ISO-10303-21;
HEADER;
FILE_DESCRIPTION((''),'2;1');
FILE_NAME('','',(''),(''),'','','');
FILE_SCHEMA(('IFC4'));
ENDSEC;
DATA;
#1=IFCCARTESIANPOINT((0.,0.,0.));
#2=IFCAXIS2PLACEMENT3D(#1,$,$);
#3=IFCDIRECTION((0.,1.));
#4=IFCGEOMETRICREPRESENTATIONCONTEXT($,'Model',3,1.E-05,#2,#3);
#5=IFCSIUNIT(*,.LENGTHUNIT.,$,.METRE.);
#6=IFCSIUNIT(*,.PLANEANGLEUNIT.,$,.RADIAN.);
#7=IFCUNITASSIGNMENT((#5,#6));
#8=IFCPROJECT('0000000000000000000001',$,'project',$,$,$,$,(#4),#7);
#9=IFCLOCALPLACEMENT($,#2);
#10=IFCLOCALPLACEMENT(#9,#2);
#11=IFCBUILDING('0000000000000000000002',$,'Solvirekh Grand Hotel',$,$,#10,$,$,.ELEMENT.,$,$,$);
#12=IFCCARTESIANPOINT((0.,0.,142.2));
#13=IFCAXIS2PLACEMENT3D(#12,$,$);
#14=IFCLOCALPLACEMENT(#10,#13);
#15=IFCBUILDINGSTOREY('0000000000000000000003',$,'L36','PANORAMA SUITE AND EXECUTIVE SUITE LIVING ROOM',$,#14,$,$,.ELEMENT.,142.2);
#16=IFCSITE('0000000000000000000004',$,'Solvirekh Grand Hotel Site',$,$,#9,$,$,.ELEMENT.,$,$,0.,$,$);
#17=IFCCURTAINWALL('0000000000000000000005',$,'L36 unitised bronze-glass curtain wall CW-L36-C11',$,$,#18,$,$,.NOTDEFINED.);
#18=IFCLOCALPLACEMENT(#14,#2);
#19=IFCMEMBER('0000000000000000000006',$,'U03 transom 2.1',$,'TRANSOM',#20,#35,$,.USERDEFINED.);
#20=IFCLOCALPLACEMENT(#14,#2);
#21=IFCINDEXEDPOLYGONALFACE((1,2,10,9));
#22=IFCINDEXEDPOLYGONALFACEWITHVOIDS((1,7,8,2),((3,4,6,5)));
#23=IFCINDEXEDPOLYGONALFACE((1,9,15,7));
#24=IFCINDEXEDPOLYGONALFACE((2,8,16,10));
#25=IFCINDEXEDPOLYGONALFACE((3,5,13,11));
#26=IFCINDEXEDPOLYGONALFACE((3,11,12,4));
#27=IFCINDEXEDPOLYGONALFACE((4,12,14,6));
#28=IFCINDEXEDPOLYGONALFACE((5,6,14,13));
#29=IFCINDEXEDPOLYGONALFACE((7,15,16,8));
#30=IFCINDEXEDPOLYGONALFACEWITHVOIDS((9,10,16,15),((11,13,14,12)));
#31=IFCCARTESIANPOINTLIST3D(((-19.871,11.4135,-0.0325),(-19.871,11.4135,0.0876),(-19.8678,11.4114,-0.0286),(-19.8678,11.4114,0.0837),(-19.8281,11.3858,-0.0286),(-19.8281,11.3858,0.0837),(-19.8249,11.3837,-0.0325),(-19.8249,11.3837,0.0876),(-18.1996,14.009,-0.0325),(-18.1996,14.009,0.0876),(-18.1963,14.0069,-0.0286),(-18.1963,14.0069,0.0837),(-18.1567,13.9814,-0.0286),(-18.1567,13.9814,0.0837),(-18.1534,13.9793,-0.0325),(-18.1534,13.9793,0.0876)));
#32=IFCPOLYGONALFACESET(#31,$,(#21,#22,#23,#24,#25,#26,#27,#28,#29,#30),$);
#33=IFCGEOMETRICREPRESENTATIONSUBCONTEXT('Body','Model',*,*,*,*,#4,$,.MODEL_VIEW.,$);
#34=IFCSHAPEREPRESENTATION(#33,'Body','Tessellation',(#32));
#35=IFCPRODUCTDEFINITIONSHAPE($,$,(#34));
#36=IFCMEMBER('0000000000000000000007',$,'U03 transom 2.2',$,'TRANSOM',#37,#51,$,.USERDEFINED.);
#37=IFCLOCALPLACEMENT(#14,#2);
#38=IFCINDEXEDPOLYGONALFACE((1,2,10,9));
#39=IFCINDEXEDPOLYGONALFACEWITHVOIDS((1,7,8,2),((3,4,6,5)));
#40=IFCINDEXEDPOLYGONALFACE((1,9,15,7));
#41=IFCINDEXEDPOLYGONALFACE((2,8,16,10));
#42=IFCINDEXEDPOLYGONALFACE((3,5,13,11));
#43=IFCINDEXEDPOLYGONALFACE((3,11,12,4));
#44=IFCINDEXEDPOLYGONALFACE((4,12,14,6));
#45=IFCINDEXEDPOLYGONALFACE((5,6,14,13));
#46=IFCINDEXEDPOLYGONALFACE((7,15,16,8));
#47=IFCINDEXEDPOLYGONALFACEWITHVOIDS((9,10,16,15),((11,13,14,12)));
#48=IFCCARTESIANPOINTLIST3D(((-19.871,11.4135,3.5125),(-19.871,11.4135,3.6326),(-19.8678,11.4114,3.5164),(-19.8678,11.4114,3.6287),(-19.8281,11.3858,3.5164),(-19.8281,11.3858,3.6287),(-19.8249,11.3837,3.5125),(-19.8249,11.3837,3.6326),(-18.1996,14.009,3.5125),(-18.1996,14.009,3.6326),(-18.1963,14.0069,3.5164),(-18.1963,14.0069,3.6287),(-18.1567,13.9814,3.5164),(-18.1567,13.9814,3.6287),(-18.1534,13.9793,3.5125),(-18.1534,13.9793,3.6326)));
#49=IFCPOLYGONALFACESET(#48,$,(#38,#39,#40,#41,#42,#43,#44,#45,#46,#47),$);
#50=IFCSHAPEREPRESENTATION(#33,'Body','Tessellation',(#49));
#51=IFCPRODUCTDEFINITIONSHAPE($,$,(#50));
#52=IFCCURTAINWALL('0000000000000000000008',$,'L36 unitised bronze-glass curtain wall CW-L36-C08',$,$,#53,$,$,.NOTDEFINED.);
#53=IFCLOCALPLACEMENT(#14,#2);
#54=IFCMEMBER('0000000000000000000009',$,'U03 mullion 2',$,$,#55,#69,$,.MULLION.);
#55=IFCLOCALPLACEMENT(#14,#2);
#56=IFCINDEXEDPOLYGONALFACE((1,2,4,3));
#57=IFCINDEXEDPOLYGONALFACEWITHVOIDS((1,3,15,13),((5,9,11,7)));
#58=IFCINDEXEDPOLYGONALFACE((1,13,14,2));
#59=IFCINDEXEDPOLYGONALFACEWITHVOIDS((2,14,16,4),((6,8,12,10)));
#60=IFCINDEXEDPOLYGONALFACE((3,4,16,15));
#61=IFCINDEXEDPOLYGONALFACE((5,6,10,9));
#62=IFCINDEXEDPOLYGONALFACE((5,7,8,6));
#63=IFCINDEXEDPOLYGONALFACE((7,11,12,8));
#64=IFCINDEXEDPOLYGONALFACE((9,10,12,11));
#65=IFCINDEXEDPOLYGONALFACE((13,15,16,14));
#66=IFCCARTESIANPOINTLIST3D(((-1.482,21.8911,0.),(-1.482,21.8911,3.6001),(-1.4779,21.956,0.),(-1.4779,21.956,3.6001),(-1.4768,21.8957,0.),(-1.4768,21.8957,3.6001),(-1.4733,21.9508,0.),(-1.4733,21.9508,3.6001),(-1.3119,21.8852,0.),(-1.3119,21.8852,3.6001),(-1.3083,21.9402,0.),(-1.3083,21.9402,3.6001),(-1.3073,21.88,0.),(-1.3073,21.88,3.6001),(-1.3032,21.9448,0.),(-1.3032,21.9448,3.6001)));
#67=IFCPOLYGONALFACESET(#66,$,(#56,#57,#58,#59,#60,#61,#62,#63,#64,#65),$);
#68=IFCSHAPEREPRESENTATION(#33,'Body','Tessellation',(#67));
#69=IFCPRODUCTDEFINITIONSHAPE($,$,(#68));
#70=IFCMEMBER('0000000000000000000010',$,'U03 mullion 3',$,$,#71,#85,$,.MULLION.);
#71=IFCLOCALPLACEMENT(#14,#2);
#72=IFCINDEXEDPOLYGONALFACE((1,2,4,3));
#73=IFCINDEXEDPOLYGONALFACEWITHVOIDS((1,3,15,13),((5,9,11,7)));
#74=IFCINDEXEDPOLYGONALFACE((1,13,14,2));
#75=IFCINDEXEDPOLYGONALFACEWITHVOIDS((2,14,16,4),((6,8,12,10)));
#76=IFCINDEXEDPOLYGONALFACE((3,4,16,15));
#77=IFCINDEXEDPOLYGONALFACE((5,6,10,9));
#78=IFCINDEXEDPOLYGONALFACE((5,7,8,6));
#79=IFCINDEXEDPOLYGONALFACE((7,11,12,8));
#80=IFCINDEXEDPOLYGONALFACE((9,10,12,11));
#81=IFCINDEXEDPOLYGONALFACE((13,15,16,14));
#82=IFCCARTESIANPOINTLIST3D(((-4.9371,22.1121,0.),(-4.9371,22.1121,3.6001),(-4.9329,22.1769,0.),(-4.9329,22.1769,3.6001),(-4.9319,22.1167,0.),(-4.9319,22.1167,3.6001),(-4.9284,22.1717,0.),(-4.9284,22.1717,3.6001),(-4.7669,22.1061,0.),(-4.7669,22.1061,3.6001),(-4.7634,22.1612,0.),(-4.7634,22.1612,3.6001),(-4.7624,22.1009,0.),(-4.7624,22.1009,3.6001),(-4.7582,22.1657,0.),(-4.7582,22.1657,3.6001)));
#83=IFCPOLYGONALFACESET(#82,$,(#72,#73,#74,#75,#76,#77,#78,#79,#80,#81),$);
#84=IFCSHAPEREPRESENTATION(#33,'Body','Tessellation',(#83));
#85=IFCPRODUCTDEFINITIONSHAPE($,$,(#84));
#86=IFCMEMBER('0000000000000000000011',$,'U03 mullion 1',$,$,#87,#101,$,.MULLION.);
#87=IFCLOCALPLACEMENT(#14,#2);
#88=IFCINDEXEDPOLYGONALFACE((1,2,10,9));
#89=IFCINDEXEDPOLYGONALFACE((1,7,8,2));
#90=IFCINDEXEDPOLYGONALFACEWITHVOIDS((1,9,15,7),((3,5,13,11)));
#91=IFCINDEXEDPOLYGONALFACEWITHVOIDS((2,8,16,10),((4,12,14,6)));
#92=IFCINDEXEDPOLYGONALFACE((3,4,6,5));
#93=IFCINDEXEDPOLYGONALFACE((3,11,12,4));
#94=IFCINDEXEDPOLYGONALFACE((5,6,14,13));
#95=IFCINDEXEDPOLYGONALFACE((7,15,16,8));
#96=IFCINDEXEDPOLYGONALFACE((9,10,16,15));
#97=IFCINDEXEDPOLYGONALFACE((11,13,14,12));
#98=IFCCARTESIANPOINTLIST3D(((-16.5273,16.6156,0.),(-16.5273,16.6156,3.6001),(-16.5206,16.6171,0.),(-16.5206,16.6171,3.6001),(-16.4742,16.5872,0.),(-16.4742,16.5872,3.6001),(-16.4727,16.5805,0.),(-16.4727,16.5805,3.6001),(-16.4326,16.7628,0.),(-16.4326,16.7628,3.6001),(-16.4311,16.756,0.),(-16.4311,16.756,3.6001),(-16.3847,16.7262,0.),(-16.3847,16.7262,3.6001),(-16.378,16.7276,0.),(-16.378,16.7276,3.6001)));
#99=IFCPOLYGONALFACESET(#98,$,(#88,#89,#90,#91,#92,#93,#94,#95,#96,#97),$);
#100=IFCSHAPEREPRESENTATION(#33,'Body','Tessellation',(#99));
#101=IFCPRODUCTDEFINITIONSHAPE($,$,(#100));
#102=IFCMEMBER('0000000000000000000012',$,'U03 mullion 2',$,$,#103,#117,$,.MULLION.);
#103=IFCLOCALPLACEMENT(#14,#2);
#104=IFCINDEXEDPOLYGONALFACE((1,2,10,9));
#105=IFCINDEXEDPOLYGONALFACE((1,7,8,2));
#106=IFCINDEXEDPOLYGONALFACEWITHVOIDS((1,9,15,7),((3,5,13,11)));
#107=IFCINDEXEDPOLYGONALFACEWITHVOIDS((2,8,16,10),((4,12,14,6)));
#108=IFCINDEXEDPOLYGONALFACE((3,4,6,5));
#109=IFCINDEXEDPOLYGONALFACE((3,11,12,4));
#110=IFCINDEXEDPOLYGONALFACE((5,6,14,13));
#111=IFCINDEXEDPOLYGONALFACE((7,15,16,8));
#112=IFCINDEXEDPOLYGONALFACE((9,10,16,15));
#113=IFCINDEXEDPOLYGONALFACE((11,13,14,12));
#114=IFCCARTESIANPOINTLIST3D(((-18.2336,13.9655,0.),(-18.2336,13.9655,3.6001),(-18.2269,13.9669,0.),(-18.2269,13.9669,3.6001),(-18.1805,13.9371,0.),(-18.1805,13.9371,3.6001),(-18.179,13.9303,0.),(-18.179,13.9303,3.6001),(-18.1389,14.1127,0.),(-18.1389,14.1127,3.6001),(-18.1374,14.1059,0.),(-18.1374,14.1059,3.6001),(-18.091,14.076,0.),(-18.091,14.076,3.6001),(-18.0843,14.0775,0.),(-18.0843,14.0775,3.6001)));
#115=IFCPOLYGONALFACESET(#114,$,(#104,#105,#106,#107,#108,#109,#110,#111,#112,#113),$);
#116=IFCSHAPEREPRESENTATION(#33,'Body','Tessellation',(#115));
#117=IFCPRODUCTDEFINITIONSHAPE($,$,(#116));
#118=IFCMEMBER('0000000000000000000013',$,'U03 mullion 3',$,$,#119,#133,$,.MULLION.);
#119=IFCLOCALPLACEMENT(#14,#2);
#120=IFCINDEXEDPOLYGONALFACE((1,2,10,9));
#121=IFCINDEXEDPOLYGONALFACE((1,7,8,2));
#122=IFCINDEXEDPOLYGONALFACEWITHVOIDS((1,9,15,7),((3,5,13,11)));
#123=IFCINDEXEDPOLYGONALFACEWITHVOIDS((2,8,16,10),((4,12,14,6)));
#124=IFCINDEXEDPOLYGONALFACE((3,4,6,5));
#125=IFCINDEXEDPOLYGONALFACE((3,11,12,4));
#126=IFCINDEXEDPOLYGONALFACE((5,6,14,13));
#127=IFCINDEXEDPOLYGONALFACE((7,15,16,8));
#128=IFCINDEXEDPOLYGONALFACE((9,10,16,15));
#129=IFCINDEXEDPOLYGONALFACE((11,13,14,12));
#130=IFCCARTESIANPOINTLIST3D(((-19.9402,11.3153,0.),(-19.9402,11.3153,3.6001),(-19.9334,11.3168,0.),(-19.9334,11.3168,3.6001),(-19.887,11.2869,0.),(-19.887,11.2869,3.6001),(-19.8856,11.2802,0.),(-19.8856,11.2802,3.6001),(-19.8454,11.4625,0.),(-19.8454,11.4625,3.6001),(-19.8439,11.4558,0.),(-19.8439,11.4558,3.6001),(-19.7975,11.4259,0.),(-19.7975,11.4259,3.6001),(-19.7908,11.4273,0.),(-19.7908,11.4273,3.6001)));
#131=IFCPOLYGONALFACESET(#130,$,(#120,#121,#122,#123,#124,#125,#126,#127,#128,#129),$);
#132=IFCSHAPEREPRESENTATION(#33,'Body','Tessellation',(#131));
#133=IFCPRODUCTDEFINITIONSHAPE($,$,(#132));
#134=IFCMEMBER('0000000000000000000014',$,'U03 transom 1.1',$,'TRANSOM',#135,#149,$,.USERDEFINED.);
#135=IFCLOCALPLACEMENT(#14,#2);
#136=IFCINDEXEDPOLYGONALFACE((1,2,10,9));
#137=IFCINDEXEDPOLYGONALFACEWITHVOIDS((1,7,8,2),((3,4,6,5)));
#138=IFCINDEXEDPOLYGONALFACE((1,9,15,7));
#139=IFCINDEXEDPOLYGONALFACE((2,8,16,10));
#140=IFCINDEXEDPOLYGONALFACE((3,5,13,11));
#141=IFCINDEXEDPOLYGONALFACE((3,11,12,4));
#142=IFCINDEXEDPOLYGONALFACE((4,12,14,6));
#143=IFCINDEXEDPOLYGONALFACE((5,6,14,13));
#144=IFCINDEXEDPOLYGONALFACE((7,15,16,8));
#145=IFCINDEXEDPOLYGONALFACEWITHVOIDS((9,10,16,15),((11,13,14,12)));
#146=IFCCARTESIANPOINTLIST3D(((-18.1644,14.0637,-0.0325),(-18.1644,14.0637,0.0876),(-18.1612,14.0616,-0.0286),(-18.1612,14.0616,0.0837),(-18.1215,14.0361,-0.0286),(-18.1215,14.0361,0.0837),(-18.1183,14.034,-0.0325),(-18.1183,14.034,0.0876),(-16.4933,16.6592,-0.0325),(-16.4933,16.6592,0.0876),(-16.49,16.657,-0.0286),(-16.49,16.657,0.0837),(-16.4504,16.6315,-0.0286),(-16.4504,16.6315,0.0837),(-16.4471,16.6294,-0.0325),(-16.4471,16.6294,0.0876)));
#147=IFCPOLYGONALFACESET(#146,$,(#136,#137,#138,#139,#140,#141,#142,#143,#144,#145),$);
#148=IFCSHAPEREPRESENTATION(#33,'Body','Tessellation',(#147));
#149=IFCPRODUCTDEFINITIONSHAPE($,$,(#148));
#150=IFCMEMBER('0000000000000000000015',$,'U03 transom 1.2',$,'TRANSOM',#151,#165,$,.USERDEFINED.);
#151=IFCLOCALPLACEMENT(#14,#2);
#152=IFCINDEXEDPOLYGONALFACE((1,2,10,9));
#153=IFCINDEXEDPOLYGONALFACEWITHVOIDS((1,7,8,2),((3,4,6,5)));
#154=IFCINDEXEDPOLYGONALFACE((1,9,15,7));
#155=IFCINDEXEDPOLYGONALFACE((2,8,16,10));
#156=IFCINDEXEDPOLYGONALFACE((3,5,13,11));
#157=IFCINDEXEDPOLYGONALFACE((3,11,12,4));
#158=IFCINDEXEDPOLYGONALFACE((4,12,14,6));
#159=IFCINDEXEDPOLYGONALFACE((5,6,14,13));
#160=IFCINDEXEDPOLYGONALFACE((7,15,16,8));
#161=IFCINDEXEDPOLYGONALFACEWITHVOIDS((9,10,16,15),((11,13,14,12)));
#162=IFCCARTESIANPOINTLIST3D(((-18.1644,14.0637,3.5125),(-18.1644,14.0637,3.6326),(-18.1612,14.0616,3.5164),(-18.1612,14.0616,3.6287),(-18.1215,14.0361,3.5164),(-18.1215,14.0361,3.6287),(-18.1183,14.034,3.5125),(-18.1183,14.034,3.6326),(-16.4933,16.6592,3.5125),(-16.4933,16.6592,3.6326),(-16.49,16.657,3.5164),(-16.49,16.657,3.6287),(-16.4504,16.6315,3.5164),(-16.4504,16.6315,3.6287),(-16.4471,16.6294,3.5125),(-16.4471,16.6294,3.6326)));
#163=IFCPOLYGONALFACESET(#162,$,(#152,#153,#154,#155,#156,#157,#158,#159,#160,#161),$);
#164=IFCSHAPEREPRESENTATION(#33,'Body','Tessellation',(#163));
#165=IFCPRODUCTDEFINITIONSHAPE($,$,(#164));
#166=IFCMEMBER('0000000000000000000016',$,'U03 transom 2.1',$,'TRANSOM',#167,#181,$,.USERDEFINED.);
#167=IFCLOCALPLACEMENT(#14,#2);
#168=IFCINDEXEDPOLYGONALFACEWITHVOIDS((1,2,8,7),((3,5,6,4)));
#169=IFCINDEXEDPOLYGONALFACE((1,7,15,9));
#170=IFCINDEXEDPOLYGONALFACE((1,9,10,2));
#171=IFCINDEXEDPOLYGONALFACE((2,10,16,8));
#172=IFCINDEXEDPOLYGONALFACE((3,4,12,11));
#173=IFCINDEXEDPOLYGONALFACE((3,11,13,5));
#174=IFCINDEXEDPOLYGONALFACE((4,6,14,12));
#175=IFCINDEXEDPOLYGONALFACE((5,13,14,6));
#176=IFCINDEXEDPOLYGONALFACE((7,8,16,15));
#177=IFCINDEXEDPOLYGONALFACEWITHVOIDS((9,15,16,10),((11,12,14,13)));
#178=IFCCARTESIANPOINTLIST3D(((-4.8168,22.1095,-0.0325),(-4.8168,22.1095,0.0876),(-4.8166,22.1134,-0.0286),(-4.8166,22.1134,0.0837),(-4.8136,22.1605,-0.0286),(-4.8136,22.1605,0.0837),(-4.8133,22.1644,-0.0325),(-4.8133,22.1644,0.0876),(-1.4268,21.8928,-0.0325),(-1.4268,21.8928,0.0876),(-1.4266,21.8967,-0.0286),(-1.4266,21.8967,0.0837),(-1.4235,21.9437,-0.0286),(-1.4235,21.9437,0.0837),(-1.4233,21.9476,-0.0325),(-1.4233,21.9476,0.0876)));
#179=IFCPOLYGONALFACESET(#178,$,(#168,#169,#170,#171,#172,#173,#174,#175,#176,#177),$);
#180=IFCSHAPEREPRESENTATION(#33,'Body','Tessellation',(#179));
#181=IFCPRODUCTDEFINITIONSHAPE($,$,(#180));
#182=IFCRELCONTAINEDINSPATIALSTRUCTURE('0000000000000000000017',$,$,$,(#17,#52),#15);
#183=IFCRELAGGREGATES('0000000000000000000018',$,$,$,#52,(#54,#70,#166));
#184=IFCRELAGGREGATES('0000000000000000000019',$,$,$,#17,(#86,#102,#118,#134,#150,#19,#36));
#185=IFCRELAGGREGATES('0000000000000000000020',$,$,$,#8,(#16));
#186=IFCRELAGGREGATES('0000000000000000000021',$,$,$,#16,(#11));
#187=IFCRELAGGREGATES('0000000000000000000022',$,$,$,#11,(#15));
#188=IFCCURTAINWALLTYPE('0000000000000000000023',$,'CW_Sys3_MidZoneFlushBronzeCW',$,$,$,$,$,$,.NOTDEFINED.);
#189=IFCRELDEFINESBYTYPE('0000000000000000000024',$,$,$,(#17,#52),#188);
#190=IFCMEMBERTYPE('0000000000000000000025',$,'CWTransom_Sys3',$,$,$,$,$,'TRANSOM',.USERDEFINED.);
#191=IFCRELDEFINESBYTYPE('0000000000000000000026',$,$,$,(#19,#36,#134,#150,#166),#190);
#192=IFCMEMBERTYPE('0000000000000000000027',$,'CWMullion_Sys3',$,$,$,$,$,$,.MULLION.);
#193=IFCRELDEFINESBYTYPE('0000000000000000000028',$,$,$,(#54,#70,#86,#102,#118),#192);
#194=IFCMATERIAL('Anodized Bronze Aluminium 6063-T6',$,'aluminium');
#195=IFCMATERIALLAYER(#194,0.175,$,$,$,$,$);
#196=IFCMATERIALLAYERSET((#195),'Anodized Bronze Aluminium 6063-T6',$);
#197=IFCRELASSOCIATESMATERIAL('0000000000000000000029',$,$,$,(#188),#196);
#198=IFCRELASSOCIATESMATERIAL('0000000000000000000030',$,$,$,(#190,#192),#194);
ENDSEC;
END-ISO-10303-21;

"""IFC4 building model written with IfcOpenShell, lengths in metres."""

from ifc_helpers import new_model, si_unit, direction, frame, origin, origin_2d, place, context, subcontext, project, spatial, hollow_rectangle, extrude, source, transform, mapped, material, layer, layer_set, material_profile, profile_set, type_object, element, aggregate, save


model = new_model("IFC4")

# Units and contexts
model_context = context("Model", 3, precision=1e-05, world=origin(), true_north=direction((0.0, 1.0)))
body_context = subcontext(model_context, "Body", "Model", "MODEL_VIEW")
ifc_project = project(units=[si_unit("LENGTHUNIT", "METRE"), si_unit("PLANEANGLEUNIT", "RADIAN")], contexts=[model_context])

# Site, building, storey
site_placement = place(None, origin())
site = spatial("IfcSite", under=ifc_project, at=site_placement, Name="Solvirekh Grand Hotel Site", CompositionType="ELEMENT", RefElevation=0.0)
building_placement = place(site_placement, origin())
building = spatial("IfcBuilding", under=site, at=building_placement, Name="Solvirekh Grand Hotel", CompositionType="ELEMENT")
storey_placement = place(building_placement, frame((0.0, 0.0, 142.2)))
storey = spatial("IfcBuildingStorey", under=building, at=storey_placement, Name="L36", Description="PANORAMA SUITE AND EXECUTIVE SUITE LIVING ROOM", CompositionType="ELEMENT", Elevation=142.2)

# Curtain walls, members
ifc_material_1 = material(Name="Anodized Bronze Aluminium 6063-T6", Category="aluminium")
ifc_layer_1 = layer(ifc_material_1, 0.175)
ifc_layer_set_1 = layer_set([ifc_layer_1], Name="Anodized Bronze Aluminium 6063-T6")
curtain_wall_type = type_object("IfcCurtainWallType", Name="CW_Sys3_MidZoneFlushBronzeCW", PredefinedType="NOTDEFINED", material=ifc_layer_set_1)
curtain_wall_1_placement = place(storey_placement, origin())
curtain_wall_1 = element("IfcCurtainWall", 1, at=curtain_wall_1_placement, inside=storey, type_object=curtain_wall_type, Name="L36 unitised bronze-glass curtain wall CW-L36-C11", PredefinedType="NOTDEFINED")
ifc_material_profile_1 = material_profile(ifc_material_1, hollow_rectangle(XDim=0.0549, YDim=0.1201, WallThickness=0.0039, at=origin_2d()), Name="ALU RHS 120X55X4")
ifc_profile_set_1 = profile_set([ifc_material_profile_1], Name="Anodized Bronze Aluminium 6063-T6")
member_type_1 = type_object("IfcMemberType", Name="CWTransom_Sys3", ElementType="TRANSOM", PredefinedType="USERDEFINED", material=ifc_profile_set_1)
shared_shape_1 = source(origin(), body_context, "Body", "SweptSolid", [
    extrude(hollow_rectangle(XDim=0.0549, YDim=0.1201, WallThickness=0.0039, at=origin_2d()), origin(), (0.0, 0.0, 1.0), 3.0872),
])
member_1_placement = place(storey_placement, frame((-18.1765, 13.9941, 0.0276), z_axis=(-0.541417, -0.840754, 0.0), x_axis=(0.840754, -0.541417, 0.0)))
member_1 = element("IfcMember", 2, at=member_1_placement, type_object=member_type_1, Name="U03 transom 2.1", ObjectType="TRANSOM", PredefinedType="USERDEFINED", context=body_context, shape_type="MappedRepresentation", body=[
    mapped(shared_shape_1, transform((0.0, 0.0, 0.0), x_axis=(1.0, 0.0, 0.0), y_axis=(0.0, 1.0, 0.0), z_axis=(0.0, 0.0, 1.0), scale=1.0)),
])
member_2_placement = place(storey_placement, frame((-18.1765, 13.9941, 3.5725), z_axis=(-0.541417, -0.840754, 0.0), x_axis=(0.840754, -0.541417, 0.0)))
member_2 = element("IfcMember", 3, at=member_2_placement, type_object=member_type_1, Name="U03 transom 2.2", ObjectType="TRANSOM", PredefinedType="USERDEFINED", context=body_context, shape_type="MappedRepresentation", body=[
    mapped(shared_shape_1, transform((0.0, 0.0, 0.0), x_axis=(1.0, 0.0, 0.0), y_axis=(0.0, 1.0, 0.0), z_axis=(0.0, 0.0, 1.0), scale=1.0)),
])
curtain_wall_2_placement = place(storey_placement, origin())
curtain_wall_2 = element("IfcCurtainWall", 4, at=curtain_wall_2_placement, inside=storey, type_object=curtain_wall_type, Name="L36 unitised bronze-glass curtain wall CW-L36-C08", PredefinedType="NOTDEFINED")
ifc_material_profile_2 = material_profile(ifc_material_1, hollow_rectangle(XDim=0.0649, YDim=0.175, WallThickness=0.0049, at=origin_2d()), Name="ALU RHS 175X65X5")
ifc_profile_set_2 = profile_set([ifc_material_profile_2], Name="Anodized Bronze Aluminium 6063-T6")
member_type_2 = type_object("IfcMemberType", Name="CWMullion_Sys3", PredefinedType="MULLION", material=ifc_profile_set_2)
shared_shape_2 = source(origin(), body_context, "Body", "SweptSolid", [
    extrude(hollow_rectangle(XDim=0.0649, YDim=0.175, WallThickness=0.0049, at=origin_2d()), origin(), (0.0, 0.0, 1.0), 3.6001),
])
member_3_placement = place(storey_placement, frame((-1.3926, 21.918, 0.0), z_axis=(0.0, 0.0, 1.0), x_axis=(-0.063812, -0.997962, 0.0)))
member_3 = element("IfcMember", 5, at=member_3_placement, type_object=member_type_2, Name="U03 mullion 2", PredefinedType="MULLION", context=body_context, shape_type="MappedRepresentation", body=[
    mapped(shared_shape_2, transform((0.0, 0.0, 0.0), x_axis=(1.0, 0.0, 0.0), y_axis=(0.0, 1.0, 0.0), z_axis=(0.0, 0.0, 1.0), scale=1.0)),
])
member_4_placement = place(storey_placement, frame((-4.8477, 22.1389, 0.0), z_axis=(0.0, 0.0, 1.0), x_axis=(-0.063812, -0.997962, 0.0)))
member_4 = element("IfcMember", 6, at=member_4_placement, type_object=member_type_2, Name="U03 mullion 3", PredefinedType="MULLION", context=body_context, shape_type="MappedRepresentation", body=[
    mapped(shared_shape_2, transform((0.0, 0.0, 0.0), x_axis=(1.0, 0.0, 0.0), y_axis=(0.0, 1.0, 0.0), z_axis=(0.0, 0.0, 1.0), scale=1.0)),
])

# Members
member_5_placement = place(storey_placement, frame((-16.4526, 16.6716, 0.0), z_axis=(0.0, 0.0, 1.0), x_axis=(0.840785, -0.541368, 0.0)))
member_5 = element("IfcMember", 7, at=member_5_placement, type_object=member_type_2, Name="U03 mullion 1", PredefinedType="MULLION", context=body_context, shape_type="MappedRepresentation", body=[
    mapped(shared_shape_2, transform((0.0, 0.0, 0.0), x_axis=(1.0, 0.0, 0.0), y_axis=(0.0, 1.0, 0.0), z_axis=(0.0, 0.0, 1.0), scale=1.0)),
])
member_6_placement = place(storey_placement, frame((-18.1589, 14.0215, 0.0), z_axis=(0.0, 0.0, 1.0), x_axis=(0.840785, -0.541368, 0.0)))
member_6 = element("IfcMember", 8, at=member_6_placement, type_object=member_type_2, Name="U03 mullion 2", PredefinedType="MULLION", context=body_context, shape_type="MappedRepresentation", body=[
    mapped(shared_shape_2, transform((0.0, 0.0, 0.0), x_axis=(1.0, 0.0, 0.0), y_axis=(0.0, 1.0, 0.0), z_axis=(0.0, 0.0, 1.0), scale=1.0)),
])
member_7_placement = place(storey_placement, frame((-19.8655, 11.3713, 0.0), z_axis=(0.0, 0.0, 1.0), x_axis=(0.840785, -0.541368, 0.0)))
member_7 = element("IfcMember", 9, at=member_7_placement, type_object=member_type_2, Name="U03 mullion 3", PredefinedType="MULLION", context=body_context, shape_type="MappedRepresentation", body=[
    mapped(shared_shape_2, transform((0.0, 0.0, 0.0), x_axis=(1.0, 0.0, 0.0), y_axis=(0.0, 1.0, 0.0), z_axis=(0.0, 0.0, 1.0), scale=1.0)),
])
shared_shape_3 = source(origin(), body_context, "Body", "SweptSolid", [
    extrude(hollow_rectangle(XDim=0.0549, YDim=0.1201, WallThickness=0.0039, at=origin_2d()), origin(), (0.0, 0.0, 1.0), 3.0869),
])
member_8_placement = place(storey_placement, frame((-16.4702, 16.6443, 0.0276), z_axis=(-0.541361, -0.84079, 0.0), x_axis=(0.84079, -0.541361, 0.0)))
member_8 = element("IfcMember", 10, at=member_8_placement, type_object=member_type_1, Name="U03 transom 1.1", ObjectType="TRANSOM", PredefinedType="USERDEFINED", context=body_context, shape_type="MappedRepresentation", body=[
    mapped(shared_shape_3, transform((0.0, 0.0, 0.0), x_axis=(1.0, 0.0, 0.0), y_axis=(0.0, 1.0, 0.0), z_axis=(0.0, 0.0, 1.0), scale=1.0)),
])
member_9_placement = place(storey_placement, frame((-16.4702, 16.6443, 3.5725), z_axis=(-0.541361, -0.84079, 0.0), x_axis=(0.84079, -0.541361, 0.0)))
member_9 = element("IfcMember", 11, at=member_9_placement, type_object=member_type_1, Name="U03 transom 1.2", ObjectType="TRANSOM", PredefinedType="USERDEFINED", context=body_context, shape_type="MappedRepresentation", body=[
    mapped(shared_shape_3, transform((0.0, 0.0, 0.0), x_axis=(1.0, 0.0, 0.0), y_axis=(0.0, 1.0, 0.0), z_axis=(0.0, 0.0, 1.0), scale=1.0)),
])
shared_shape_4 = source(origin(), body_context, "Body", "SweptSolid", [
    extrude(hollow_rectangle(XDim=0.0549, YDim=0.1201, WallThickness=0.0039, at=origin_2d()), origin(), (0.0, 0.0, 1.0), 3.397),
])
member_10_placement = place(storey_placement, frame((-1.425, 21.9202, 0.0276), z_axis=(-0.997961, 0.063819, 0.0), x_axis=(-0.063819, -0.997961, 0.0)))
member_10 = element("IfcMember", 12, at=member_10_placement, type_object=member_type_1, Name="U03 transom 2.1", ObjectType="TRANSOM", PredefinedType="USERDEFINED", context=body_context, shape_type="MappedRepresentation", body=[
    mapped(shared_shape_4, transform((0.0, 0.0, 0.0), x_axis=(1.0, 0.0, 0.0), y_axis=(0.0, 1.0, 0.0), z_axis=(0.0, 0.0, 1.0), scale=1.0)),
])

aggregate(curtain_wall_2, [member_3, member_4, member_10])
aggregate(curtain_wall_1, [member_5, member_6, member_7, member_8, member_9, member_1, member_2])

save(model, "model.ifc")
